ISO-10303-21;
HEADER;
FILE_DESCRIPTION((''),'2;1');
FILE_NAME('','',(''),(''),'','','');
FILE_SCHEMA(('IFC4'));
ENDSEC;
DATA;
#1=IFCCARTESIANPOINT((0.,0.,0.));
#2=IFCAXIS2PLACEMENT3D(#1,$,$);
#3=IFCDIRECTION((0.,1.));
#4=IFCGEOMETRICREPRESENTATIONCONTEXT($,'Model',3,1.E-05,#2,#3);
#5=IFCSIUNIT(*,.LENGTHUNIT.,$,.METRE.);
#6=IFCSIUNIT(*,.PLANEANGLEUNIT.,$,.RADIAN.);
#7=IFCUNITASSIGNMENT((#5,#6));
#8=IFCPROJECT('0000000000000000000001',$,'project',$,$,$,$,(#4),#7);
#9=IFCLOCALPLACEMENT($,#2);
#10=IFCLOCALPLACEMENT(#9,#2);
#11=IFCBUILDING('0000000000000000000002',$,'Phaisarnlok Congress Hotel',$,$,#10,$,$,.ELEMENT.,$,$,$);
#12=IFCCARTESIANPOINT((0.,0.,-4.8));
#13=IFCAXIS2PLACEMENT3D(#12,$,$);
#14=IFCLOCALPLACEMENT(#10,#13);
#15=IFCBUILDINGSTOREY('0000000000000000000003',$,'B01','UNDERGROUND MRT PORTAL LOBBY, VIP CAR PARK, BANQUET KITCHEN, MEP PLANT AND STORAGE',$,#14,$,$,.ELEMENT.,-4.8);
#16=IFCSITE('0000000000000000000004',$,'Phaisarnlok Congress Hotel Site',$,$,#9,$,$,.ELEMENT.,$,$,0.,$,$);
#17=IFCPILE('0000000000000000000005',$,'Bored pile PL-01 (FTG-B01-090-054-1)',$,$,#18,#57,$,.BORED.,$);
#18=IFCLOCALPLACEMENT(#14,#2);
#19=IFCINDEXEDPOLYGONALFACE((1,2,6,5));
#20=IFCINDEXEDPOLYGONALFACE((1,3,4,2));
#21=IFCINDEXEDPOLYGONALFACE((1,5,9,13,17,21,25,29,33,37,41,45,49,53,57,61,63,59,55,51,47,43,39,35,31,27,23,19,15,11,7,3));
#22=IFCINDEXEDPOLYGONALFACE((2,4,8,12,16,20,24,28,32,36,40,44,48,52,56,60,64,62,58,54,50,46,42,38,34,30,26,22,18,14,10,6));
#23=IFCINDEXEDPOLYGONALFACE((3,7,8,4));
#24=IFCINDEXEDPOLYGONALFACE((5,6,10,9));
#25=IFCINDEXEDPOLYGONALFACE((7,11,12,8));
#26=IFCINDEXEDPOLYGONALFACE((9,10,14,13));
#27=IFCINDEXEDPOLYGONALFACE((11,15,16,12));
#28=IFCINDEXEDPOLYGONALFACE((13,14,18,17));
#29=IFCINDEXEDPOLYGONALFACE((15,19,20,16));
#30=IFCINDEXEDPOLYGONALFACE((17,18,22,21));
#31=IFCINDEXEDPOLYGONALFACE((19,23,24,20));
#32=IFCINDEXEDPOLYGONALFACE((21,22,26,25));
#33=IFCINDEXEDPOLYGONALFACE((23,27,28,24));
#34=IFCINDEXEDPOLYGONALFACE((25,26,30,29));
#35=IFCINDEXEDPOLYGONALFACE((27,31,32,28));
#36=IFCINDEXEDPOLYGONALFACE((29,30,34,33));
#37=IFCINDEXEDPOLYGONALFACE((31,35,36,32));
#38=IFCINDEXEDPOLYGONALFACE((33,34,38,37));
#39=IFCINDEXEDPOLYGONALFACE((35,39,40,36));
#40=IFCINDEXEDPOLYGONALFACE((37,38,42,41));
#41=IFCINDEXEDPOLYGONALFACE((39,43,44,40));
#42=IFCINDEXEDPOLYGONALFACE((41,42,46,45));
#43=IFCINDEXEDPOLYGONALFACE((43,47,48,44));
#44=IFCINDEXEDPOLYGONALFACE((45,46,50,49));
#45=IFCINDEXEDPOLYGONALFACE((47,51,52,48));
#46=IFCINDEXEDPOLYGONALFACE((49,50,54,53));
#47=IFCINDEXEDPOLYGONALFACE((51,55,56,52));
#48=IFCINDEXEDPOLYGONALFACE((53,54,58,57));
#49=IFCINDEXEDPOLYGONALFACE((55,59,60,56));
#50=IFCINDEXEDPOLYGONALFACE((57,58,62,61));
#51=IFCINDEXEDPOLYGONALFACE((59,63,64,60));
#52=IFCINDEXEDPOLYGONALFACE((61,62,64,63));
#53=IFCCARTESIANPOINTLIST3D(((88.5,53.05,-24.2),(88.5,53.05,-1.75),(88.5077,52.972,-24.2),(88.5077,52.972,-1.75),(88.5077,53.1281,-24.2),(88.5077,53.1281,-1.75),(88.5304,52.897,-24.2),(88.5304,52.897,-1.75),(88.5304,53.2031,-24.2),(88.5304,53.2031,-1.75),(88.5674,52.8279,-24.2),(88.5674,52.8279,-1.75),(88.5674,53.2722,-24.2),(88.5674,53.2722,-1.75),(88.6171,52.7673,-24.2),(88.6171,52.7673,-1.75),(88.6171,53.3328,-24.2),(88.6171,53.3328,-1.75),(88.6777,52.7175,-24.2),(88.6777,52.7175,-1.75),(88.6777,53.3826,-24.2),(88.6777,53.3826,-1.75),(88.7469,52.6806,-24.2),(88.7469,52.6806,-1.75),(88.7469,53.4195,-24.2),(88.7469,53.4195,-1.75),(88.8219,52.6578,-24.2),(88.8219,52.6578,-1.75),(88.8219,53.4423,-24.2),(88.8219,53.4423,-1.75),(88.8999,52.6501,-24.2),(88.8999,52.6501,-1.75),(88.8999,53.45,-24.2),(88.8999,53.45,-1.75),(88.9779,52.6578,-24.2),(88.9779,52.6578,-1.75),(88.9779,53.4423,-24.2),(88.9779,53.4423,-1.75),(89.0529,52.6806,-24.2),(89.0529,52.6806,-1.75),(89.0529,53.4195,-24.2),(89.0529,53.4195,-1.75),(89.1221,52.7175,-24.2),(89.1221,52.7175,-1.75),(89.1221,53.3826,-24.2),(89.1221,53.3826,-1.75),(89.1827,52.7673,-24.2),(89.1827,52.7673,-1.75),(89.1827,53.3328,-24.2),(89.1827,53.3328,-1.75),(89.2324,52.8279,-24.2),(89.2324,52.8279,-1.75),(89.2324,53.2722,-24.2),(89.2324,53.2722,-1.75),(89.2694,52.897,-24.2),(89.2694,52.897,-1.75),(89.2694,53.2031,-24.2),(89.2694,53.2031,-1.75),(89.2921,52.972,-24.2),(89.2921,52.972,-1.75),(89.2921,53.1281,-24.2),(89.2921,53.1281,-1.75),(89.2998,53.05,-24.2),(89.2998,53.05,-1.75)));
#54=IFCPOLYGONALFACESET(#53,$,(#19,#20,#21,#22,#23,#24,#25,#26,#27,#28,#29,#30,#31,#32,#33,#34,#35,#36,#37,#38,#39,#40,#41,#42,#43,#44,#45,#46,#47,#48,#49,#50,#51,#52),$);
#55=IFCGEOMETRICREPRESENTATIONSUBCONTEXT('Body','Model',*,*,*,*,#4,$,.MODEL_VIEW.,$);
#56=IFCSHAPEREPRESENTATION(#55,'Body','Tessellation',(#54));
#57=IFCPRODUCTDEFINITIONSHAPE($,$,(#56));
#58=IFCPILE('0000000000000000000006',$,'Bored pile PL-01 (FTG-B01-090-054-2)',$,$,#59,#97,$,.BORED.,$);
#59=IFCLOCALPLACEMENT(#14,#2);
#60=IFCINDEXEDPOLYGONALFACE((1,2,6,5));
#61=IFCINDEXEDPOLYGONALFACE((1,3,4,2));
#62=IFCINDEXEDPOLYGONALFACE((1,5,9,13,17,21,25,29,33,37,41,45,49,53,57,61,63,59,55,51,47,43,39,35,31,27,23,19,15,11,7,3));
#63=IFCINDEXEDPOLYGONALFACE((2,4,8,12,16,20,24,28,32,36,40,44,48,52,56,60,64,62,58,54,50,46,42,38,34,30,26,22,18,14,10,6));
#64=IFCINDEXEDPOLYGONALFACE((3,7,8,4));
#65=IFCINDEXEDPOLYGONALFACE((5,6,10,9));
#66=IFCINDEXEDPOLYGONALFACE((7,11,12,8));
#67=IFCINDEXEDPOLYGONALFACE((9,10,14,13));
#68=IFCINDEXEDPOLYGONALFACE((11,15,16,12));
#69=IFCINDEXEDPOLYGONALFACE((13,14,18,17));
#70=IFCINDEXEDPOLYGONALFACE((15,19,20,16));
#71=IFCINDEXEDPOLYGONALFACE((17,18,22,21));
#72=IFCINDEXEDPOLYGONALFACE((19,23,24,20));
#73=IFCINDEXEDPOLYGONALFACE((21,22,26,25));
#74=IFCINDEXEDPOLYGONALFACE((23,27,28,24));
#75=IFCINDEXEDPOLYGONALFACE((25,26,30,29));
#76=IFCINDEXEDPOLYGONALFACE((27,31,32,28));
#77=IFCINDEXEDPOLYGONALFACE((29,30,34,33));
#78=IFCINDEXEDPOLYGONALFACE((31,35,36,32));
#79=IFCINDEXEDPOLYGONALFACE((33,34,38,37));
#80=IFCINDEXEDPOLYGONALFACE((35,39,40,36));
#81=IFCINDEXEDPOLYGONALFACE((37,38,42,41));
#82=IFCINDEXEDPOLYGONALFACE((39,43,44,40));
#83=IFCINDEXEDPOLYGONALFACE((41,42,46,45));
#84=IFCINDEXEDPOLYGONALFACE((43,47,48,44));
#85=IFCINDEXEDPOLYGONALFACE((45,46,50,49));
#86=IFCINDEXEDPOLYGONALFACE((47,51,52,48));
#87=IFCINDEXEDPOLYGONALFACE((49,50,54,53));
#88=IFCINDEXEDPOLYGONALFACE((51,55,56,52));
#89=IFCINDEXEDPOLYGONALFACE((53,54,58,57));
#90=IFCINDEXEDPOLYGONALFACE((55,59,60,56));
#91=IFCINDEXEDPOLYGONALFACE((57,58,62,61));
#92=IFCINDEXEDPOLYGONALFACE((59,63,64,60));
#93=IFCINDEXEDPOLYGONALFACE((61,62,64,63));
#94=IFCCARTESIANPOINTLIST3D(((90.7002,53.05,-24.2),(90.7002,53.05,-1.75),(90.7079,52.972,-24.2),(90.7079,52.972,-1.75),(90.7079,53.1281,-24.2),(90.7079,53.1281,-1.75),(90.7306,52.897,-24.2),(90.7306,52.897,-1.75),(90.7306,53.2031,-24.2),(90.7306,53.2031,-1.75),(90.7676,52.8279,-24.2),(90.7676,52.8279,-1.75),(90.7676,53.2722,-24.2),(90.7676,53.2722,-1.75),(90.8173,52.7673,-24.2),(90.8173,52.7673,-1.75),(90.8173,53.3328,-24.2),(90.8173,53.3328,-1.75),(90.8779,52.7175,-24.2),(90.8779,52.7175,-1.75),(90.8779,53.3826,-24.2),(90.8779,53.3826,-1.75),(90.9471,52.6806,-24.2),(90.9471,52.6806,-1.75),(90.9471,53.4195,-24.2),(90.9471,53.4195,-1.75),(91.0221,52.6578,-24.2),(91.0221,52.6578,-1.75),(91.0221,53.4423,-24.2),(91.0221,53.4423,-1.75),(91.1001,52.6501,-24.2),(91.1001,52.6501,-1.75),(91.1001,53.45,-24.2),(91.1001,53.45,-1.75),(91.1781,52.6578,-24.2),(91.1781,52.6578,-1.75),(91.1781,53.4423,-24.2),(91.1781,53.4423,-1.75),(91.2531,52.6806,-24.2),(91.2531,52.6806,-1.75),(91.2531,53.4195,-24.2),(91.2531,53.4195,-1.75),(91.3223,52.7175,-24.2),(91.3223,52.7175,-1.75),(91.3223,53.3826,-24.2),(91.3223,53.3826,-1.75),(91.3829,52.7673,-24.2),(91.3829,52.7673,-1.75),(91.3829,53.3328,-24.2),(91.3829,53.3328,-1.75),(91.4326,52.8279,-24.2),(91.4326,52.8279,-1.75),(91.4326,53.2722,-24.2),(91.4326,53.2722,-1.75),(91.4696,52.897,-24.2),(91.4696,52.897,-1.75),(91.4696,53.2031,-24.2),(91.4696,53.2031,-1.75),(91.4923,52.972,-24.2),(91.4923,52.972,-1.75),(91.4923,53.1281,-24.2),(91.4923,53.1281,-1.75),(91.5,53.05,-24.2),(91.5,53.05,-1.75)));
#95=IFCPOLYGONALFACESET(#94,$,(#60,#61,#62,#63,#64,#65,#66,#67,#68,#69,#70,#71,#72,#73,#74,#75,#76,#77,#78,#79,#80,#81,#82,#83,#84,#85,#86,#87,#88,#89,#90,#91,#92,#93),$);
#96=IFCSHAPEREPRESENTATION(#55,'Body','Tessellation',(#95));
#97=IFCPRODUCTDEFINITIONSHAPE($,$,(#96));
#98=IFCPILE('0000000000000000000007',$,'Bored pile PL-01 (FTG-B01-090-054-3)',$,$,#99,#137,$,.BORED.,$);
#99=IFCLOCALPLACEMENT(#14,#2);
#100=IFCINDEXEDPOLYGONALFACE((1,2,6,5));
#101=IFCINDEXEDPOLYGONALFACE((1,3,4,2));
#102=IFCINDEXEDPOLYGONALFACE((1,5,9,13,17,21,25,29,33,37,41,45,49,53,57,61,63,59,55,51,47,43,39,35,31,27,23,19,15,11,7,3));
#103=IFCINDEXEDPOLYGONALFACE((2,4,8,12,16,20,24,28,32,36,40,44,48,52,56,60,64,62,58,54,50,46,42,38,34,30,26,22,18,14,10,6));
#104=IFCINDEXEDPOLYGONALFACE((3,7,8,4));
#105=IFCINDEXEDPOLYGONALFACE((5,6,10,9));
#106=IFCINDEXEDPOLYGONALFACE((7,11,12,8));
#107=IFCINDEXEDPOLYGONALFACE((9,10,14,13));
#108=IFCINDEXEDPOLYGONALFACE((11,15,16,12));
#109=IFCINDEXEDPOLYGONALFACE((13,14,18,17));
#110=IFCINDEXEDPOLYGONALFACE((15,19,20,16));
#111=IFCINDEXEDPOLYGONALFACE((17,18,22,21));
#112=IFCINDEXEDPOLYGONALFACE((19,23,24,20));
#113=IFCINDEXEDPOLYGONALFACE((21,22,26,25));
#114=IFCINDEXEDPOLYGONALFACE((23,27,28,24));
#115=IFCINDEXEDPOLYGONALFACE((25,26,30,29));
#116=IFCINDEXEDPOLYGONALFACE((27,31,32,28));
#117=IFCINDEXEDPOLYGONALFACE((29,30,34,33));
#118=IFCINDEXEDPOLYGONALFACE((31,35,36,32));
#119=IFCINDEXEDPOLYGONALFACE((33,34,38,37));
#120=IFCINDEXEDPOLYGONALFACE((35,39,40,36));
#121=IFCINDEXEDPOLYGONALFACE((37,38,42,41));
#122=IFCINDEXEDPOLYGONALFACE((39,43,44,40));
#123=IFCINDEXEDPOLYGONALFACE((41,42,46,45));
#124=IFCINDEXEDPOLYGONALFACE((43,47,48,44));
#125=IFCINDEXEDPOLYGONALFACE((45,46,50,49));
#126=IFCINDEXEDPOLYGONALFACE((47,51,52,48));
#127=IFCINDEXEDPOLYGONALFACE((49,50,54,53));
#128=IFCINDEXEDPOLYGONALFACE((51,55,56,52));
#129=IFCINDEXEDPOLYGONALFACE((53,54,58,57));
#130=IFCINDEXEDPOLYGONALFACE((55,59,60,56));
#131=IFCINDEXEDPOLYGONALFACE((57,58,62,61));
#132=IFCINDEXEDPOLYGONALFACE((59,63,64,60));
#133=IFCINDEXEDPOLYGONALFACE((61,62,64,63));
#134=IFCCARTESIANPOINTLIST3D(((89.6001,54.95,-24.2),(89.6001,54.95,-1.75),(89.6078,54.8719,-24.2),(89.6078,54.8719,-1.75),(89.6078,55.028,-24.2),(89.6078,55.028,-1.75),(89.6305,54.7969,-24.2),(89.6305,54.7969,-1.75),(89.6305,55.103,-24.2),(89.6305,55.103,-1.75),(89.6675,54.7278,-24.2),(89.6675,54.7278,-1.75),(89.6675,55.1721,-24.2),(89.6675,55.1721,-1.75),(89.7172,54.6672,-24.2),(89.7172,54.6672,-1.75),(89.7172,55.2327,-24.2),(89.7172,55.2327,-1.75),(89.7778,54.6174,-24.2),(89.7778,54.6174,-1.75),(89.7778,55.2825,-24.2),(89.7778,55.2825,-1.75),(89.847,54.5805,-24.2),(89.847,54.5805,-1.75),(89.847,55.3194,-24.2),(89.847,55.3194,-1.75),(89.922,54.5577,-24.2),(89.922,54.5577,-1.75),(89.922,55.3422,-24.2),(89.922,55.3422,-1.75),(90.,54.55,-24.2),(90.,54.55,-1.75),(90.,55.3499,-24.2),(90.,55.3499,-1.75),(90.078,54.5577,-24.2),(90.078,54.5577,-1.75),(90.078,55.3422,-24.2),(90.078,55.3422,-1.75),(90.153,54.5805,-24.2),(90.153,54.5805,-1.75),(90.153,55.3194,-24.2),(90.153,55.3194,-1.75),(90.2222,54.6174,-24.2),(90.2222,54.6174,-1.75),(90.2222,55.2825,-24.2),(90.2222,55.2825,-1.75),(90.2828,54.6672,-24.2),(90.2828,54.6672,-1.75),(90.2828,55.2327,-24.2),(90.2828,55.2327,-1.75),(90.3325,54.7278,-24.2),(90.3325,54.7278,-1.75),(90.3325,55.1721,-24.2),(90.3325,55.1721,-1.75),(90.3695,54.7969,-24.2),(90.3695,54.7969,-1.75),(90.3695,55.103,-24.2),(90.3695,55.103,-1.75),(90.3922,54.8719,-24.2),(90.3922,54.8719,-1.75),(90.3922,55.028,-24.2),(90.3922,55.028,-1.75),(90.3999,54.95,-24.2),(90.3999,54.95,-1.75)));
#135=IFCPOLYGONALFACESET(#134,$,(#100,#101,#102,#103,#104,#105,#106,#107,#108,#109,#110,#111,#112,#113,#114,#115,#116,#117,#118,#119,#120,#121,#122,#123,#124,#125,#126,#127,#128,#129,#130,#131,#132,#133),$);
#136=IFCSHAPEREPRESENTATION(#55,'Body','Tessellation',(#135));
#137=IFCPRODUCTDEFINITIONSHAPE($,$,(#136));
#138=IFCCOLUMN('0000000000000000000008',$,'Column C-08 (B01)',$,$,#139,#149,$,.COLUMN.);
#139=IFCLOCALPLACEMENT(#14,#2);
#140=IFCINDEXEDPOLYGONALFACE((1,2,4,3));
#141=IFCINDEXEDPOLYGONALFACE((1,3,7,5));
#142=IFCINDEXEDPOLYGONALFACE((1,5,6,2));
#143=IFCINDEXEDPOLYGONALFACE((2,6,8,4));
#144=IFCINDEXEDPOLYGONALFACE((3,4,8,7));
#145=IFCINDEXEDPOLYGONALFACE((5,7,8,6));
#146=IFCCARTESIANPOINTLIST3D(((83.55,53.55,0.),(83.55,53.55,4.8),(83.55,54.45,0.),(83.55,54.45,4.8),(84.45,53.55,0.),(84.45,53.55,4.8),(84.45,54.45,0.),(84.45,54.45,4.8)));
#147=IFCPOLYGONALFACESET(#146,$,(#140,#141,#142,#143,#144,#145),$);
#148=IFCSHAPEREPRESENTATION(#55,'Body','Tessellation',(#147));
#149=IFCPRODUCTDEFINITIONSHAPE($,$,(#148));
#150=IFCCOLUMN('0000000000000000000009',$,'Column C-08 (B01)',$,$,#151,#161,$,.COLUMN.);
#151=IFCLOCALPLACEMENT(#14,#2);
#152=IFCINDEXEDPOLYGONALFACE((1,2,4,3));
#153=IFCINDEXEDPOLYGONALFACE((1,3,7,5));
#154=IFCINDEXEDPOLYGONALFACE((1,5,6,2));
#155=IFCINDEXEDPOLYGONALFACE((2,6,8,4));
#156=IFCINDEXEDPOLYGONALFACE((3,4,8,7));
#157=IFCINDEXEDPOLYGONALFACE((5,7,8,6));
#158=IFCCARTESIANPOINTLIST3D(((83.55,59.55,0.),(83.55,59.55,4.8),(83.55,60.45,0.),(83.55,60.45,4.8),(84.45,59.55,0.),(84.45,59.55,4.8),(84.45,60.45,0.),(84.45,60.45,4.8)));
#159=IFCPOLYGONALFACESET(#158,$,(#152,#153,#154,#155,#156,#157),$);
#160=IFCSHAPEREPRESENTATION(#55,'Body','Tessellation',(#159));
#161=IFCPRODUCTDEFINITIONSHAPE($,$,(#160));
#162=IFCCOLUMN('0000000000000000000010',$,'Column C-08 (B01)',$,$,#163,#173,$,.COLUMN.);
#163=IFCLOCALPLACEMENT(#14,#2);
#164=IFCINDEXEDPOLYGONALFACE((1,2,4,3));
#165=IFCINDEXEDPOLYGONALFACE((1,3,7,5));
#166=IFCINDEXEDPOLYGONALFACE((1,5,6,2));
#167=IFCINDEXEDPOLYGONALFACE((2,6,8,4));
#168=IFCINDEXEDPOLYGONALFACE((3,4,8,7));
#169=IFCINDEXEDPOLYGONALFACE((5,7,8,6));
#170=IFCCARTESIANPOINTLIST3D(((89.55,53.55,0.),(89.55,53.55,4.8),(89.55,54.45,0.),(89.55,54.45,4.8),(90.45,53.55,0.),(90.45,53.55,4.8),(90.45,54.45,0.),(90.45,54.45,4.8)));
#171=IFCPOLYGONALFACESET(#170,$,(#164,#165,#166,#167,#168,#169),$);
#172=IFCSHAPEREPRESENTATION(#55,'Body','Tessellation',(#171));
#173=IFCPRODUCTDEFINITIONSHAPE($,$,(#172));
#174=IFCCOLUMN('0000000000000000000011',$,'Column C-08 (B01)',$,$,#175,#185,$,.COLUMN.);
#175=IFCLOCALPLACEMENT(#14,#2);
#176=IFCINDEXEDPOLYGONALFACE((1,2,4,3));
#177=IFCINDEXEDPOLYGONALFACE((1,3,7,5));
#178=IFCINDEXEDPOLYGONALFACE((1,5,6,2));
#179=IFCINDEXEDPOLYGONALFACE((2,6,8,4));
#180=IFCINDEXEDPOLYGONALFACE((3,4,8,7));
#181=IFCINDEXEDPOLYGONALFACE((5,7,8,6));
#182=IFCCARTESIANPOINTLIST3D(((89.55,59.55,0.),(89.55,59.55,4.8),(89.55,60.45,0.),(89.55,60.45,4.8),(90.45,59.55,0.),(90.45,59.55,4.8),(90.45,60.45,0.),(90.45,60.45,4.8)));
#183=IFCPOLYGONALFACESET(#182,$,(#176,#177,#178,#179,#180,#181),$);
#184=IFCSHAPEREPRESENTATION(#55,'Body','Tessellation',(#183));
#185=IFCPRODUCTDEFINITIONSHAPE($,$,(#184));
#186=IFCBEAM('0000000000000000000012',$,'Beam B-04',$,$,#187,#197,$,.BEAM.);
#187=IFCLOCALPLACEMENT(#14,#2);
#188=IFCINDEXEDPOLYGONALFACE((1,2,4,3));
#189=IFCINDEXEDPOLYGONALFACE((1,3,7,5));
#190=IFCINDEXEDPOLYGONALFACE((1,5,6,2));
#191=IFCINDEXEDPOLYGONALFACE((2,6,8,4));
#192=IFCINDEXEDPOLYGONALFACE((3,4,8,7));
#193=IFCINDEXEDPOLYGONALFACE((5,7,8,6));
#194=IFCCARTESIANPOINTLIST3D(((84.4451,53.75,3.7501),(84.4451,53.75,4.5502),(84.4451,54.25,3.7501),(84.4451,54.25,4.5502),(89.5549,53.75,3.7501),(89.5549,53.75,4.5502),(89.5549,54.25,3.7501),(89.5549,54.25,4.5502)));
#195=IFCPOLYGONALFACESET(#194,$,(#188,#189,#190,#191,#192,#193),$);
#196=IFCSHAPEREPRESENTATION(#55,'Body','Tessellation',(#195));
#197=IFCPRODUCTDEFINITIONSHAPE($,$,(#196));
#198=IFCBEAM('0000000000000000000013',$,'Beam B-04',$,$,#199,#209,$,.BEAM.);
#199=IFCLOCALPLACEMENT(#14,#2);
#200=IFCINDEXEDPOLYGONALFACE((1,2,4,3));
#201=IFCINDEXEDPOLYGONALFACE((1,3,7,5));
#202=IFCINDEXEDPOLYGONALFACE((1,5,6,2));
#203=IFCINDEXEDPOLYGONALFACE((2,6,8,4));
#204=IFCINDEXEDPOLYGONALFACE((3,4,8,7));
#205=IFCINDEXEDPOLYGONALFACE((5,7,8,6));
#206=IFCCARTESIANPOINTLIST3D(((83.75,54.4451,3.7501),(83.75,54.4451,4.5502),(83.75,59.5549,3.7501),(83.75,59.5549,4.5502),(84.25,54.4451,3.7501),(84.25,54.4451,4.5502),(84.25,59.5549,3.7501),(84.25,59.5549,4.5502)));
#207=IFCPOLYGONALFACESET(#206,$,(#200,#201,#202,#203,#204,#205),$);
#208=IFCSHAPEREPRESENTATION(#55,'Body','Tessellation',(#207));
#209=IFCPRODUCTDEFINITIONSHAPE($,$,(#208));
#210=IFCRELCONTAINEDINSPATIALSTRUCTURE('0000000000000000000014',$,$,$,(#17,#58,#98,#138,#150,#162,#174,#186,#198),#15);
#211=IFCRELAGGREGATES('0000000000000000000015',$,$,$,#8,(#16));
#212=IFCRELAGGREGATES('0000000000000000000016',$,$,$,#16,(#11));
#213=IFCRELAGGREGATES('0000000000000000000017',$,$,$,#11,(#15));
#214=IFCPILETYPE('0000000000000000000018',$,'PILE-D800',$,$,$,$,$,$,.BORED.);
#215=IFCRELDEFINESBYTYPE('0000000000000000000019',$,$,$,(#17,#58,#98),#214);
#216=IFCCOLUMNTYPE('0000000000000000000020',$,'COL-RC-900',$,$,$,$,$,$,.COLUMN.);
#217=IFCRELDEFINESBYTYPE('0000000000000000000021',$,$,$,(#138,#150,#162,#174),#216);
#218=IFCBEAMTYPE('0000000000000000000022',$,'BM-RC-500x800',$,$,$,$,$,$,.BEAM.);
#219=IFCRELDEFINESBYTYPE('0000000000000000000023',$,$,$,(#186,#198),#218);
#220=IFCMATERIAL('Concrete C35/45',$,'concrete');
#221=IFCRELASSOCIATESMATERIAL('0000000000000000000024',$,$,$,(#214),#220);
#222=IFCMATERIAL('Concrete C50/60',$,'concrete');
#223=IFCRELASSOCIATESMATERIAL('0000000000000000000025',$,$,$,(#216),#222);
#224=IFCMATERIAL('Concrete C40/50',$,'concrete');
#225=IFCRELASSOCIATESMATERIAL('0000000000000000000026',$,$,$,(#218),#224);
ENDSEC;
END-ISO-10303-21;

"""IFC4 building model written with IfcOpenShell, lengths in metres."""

from ifc_helpers import new_model, si_unit, direction, frame, origin, origin_2d, place, context, subcontext, project, spatial, rectangle, circle, extrude, material, material_profile, profile_set, type_object, element, save


model = new_model("IFC4")

# Units and contexts
model_context = context("Model", 3, precision=1e-05, world=origin(), true_north=direction((0.0, 1.0)))
body_context = subcontext(model_context, "Body", "Model", "MODEL_VIEW")
ifc_project = project(units=[si_unit("LENGTHUNIT", "METRE"), si_unit("PLANEANGLEUNIT", "RADIAN")], contexts=[model_context])

# Site, building, storey
site_placement = place(None, origin())
site = spatial("IfcSite", under=ifc_project, at=site_placement, Name="Phaisarnlok Congress Hotel Site", CompositionType="ELEMENT", RefElevation=0.0)
building_placement = place(site_placement, origin())
building = spatial("IfcBuilding", under=site, at=building_placement, Name="Phaisarnlok Congress Hotel", CompositionType="ELEMENT")
storey_placement = place(building_placement, frame((0.0, 0.0, -4.8)))
storey = spatial("IfcBuildingStorey", under=building, at=storey_placement, Name="B01", Description="UNDERGROUND MRT PORTAL LOBBY, VIP CAR PARK, BANQUET KITCHEN, MEP PLANT AND STORAGE", CompositionType="ELEMENT", Elevation=-4.8)

# Shared definitions
ifc_material_1 = material(Name="Concrete C40/50", Category="concrete")

# Piles
ifc_material_2 = material(Name="Concrete C35/45", Category="concrete")
ifc_material_profile_1 = material_profile(ifc_material_2, circle(Radius=0.3999, at=origin_2d()), Name="BORED PILE D800")
ifc_profile_set_1 = profile_set([ifc_material_profile_1], Name="Concrete C35/45")
pile_type_1 = type_object("IfcPileType", Name="PILE-D800", PredefinedType="BORED", material=ifc_profile_set_1)
for number, where, z_axis, x_axis, name in (
    (1, (88.8999, 53.05, -1.75), (0.0, 0.0, -1.0), (1.0, 0.0, 0.0), "Bored pile PL-01 (FTG-B01-090-054-1)"),
    (2, (91.1001, 53.05, -1.75), (0.0, 0.0, -1.0), (1.0, 0.0, 0.0), "Bored pile PL-01 (FTG-B01-090-054-2)"),
    (3, (90.0, 54.95, -1.75), (0.0, 0.0, -1.0), (1.0, 0.0, 0.0), "Bored pile PL-01 (FTG-B01-090-054-3)"),
):
    element("IfcPile", number, at=place(storey_placement, frame(where, z_axis=z_axis, x_axis=x_axis)), inside=storey, type_object=pile_type_1, Name=name, PredefinedType="BORED", context=body_context, shape_type="SweptSolid", body=[
        extrude(circle(Radius=0.3999, at=origin_2d()), origin(), (0.0, 0.0, 1.0), 22.45),
    ])

# Columns
ifc_material_3 = material(Name="Concrete C50/60", Category="concrete")
ifc_material_profile_2 = material_profile(ifc_material_3, rectangle(XDim=0.8999, YDim=0.8999, at=origin_2d()), Name="RC 900x900")
ifc_profile_set_2 = profile_set([ifc_material_profile_2], Name="Concrete C50/60")
column_type = type_object("IfcColumnType", Name="COL-RC-900", PredefinedType="COLUMN", material=ifc_profile_set_2)
for number, where, z_axis, x_axis, name in (
    (4, (84.0, 54.0, 0.0), (0.0, 0.0, 1.0), (1.0, 0.0, 0.0), "Column C-08 (B01)"),
    (5, (84.0, 60.0, 0.0), (0.0, 0.0, 1.0), (1.0, 0.0, 0.0), "Column C-08 (B01)"),
    (6, (90.0, 54.0, 0.0), (0.0, 0.0, 1.0), (1.0, 0.0, 0.0), "Column C-08 (B01)"),
    (7, (90.0, 60.0, 0.0), (0.0, 0.0, 1.0), (1.0, 0.0, 0.0), "Column C-08 (B01)"),
):
    element("IfcColumn", number, at=place(storey_placement, frame(where, z_axis=z_axis, x_axis=x_axis)), inside=storey, type_object=column_type, Name=name, PredefinedType="COLUMN", context=body_context, shape_type="SweptSolid", body=[
        extrude(rectangle(XDim=0.8999, YDim=0.8999, at=origin_2d()), origin(), (0.0, 0.0, 1.0), 4.8),
    ])

# Beams
ifc_material_profile_3 = material_profile(ifc_material_1, rectangle(XDim=0.5, YDim=0.8, at=origin_2d()), Name="RC 500x800")
ifc_profile_set_3 = profile_set([ifc_material_profile_3], Name="Concrete C40/50")
beam_type_1 = type_object("IfcBeamType", Name="BM-RC-500x800", PredefinedType="BEAM", material=ifc_profile_set_3)
for number, where, z_axis, x_axis, name in (
    (8, (84.4451, 54.0, 4.1501), (1.0, 0.0, 0.0), (0.0, 1.0, 0.0), "Beam B-04"),
    (9, (84.0, 54.4451, 4.1501), (0.0, 1.0, 0.0), (-1.0, 0.0, 0.0), "Beam B-04"),
):
    element("IfcBeam", number, at=place(storey_placement, frame(where, z_axis=z_axis, x_axis=x_axis)), inside=storey, type_object=beam_type_1, Name=name, PredefinedType="BEAM", context=body_context, shape_type="SweptSolid", body=[
        extrude(rectangle(XDim=0.5, YDim=0.8, at=origin_2d()), origin(), (0.0, 0.0, 1.0), 5.1099),
    ])

save(model, "model.ifc")
